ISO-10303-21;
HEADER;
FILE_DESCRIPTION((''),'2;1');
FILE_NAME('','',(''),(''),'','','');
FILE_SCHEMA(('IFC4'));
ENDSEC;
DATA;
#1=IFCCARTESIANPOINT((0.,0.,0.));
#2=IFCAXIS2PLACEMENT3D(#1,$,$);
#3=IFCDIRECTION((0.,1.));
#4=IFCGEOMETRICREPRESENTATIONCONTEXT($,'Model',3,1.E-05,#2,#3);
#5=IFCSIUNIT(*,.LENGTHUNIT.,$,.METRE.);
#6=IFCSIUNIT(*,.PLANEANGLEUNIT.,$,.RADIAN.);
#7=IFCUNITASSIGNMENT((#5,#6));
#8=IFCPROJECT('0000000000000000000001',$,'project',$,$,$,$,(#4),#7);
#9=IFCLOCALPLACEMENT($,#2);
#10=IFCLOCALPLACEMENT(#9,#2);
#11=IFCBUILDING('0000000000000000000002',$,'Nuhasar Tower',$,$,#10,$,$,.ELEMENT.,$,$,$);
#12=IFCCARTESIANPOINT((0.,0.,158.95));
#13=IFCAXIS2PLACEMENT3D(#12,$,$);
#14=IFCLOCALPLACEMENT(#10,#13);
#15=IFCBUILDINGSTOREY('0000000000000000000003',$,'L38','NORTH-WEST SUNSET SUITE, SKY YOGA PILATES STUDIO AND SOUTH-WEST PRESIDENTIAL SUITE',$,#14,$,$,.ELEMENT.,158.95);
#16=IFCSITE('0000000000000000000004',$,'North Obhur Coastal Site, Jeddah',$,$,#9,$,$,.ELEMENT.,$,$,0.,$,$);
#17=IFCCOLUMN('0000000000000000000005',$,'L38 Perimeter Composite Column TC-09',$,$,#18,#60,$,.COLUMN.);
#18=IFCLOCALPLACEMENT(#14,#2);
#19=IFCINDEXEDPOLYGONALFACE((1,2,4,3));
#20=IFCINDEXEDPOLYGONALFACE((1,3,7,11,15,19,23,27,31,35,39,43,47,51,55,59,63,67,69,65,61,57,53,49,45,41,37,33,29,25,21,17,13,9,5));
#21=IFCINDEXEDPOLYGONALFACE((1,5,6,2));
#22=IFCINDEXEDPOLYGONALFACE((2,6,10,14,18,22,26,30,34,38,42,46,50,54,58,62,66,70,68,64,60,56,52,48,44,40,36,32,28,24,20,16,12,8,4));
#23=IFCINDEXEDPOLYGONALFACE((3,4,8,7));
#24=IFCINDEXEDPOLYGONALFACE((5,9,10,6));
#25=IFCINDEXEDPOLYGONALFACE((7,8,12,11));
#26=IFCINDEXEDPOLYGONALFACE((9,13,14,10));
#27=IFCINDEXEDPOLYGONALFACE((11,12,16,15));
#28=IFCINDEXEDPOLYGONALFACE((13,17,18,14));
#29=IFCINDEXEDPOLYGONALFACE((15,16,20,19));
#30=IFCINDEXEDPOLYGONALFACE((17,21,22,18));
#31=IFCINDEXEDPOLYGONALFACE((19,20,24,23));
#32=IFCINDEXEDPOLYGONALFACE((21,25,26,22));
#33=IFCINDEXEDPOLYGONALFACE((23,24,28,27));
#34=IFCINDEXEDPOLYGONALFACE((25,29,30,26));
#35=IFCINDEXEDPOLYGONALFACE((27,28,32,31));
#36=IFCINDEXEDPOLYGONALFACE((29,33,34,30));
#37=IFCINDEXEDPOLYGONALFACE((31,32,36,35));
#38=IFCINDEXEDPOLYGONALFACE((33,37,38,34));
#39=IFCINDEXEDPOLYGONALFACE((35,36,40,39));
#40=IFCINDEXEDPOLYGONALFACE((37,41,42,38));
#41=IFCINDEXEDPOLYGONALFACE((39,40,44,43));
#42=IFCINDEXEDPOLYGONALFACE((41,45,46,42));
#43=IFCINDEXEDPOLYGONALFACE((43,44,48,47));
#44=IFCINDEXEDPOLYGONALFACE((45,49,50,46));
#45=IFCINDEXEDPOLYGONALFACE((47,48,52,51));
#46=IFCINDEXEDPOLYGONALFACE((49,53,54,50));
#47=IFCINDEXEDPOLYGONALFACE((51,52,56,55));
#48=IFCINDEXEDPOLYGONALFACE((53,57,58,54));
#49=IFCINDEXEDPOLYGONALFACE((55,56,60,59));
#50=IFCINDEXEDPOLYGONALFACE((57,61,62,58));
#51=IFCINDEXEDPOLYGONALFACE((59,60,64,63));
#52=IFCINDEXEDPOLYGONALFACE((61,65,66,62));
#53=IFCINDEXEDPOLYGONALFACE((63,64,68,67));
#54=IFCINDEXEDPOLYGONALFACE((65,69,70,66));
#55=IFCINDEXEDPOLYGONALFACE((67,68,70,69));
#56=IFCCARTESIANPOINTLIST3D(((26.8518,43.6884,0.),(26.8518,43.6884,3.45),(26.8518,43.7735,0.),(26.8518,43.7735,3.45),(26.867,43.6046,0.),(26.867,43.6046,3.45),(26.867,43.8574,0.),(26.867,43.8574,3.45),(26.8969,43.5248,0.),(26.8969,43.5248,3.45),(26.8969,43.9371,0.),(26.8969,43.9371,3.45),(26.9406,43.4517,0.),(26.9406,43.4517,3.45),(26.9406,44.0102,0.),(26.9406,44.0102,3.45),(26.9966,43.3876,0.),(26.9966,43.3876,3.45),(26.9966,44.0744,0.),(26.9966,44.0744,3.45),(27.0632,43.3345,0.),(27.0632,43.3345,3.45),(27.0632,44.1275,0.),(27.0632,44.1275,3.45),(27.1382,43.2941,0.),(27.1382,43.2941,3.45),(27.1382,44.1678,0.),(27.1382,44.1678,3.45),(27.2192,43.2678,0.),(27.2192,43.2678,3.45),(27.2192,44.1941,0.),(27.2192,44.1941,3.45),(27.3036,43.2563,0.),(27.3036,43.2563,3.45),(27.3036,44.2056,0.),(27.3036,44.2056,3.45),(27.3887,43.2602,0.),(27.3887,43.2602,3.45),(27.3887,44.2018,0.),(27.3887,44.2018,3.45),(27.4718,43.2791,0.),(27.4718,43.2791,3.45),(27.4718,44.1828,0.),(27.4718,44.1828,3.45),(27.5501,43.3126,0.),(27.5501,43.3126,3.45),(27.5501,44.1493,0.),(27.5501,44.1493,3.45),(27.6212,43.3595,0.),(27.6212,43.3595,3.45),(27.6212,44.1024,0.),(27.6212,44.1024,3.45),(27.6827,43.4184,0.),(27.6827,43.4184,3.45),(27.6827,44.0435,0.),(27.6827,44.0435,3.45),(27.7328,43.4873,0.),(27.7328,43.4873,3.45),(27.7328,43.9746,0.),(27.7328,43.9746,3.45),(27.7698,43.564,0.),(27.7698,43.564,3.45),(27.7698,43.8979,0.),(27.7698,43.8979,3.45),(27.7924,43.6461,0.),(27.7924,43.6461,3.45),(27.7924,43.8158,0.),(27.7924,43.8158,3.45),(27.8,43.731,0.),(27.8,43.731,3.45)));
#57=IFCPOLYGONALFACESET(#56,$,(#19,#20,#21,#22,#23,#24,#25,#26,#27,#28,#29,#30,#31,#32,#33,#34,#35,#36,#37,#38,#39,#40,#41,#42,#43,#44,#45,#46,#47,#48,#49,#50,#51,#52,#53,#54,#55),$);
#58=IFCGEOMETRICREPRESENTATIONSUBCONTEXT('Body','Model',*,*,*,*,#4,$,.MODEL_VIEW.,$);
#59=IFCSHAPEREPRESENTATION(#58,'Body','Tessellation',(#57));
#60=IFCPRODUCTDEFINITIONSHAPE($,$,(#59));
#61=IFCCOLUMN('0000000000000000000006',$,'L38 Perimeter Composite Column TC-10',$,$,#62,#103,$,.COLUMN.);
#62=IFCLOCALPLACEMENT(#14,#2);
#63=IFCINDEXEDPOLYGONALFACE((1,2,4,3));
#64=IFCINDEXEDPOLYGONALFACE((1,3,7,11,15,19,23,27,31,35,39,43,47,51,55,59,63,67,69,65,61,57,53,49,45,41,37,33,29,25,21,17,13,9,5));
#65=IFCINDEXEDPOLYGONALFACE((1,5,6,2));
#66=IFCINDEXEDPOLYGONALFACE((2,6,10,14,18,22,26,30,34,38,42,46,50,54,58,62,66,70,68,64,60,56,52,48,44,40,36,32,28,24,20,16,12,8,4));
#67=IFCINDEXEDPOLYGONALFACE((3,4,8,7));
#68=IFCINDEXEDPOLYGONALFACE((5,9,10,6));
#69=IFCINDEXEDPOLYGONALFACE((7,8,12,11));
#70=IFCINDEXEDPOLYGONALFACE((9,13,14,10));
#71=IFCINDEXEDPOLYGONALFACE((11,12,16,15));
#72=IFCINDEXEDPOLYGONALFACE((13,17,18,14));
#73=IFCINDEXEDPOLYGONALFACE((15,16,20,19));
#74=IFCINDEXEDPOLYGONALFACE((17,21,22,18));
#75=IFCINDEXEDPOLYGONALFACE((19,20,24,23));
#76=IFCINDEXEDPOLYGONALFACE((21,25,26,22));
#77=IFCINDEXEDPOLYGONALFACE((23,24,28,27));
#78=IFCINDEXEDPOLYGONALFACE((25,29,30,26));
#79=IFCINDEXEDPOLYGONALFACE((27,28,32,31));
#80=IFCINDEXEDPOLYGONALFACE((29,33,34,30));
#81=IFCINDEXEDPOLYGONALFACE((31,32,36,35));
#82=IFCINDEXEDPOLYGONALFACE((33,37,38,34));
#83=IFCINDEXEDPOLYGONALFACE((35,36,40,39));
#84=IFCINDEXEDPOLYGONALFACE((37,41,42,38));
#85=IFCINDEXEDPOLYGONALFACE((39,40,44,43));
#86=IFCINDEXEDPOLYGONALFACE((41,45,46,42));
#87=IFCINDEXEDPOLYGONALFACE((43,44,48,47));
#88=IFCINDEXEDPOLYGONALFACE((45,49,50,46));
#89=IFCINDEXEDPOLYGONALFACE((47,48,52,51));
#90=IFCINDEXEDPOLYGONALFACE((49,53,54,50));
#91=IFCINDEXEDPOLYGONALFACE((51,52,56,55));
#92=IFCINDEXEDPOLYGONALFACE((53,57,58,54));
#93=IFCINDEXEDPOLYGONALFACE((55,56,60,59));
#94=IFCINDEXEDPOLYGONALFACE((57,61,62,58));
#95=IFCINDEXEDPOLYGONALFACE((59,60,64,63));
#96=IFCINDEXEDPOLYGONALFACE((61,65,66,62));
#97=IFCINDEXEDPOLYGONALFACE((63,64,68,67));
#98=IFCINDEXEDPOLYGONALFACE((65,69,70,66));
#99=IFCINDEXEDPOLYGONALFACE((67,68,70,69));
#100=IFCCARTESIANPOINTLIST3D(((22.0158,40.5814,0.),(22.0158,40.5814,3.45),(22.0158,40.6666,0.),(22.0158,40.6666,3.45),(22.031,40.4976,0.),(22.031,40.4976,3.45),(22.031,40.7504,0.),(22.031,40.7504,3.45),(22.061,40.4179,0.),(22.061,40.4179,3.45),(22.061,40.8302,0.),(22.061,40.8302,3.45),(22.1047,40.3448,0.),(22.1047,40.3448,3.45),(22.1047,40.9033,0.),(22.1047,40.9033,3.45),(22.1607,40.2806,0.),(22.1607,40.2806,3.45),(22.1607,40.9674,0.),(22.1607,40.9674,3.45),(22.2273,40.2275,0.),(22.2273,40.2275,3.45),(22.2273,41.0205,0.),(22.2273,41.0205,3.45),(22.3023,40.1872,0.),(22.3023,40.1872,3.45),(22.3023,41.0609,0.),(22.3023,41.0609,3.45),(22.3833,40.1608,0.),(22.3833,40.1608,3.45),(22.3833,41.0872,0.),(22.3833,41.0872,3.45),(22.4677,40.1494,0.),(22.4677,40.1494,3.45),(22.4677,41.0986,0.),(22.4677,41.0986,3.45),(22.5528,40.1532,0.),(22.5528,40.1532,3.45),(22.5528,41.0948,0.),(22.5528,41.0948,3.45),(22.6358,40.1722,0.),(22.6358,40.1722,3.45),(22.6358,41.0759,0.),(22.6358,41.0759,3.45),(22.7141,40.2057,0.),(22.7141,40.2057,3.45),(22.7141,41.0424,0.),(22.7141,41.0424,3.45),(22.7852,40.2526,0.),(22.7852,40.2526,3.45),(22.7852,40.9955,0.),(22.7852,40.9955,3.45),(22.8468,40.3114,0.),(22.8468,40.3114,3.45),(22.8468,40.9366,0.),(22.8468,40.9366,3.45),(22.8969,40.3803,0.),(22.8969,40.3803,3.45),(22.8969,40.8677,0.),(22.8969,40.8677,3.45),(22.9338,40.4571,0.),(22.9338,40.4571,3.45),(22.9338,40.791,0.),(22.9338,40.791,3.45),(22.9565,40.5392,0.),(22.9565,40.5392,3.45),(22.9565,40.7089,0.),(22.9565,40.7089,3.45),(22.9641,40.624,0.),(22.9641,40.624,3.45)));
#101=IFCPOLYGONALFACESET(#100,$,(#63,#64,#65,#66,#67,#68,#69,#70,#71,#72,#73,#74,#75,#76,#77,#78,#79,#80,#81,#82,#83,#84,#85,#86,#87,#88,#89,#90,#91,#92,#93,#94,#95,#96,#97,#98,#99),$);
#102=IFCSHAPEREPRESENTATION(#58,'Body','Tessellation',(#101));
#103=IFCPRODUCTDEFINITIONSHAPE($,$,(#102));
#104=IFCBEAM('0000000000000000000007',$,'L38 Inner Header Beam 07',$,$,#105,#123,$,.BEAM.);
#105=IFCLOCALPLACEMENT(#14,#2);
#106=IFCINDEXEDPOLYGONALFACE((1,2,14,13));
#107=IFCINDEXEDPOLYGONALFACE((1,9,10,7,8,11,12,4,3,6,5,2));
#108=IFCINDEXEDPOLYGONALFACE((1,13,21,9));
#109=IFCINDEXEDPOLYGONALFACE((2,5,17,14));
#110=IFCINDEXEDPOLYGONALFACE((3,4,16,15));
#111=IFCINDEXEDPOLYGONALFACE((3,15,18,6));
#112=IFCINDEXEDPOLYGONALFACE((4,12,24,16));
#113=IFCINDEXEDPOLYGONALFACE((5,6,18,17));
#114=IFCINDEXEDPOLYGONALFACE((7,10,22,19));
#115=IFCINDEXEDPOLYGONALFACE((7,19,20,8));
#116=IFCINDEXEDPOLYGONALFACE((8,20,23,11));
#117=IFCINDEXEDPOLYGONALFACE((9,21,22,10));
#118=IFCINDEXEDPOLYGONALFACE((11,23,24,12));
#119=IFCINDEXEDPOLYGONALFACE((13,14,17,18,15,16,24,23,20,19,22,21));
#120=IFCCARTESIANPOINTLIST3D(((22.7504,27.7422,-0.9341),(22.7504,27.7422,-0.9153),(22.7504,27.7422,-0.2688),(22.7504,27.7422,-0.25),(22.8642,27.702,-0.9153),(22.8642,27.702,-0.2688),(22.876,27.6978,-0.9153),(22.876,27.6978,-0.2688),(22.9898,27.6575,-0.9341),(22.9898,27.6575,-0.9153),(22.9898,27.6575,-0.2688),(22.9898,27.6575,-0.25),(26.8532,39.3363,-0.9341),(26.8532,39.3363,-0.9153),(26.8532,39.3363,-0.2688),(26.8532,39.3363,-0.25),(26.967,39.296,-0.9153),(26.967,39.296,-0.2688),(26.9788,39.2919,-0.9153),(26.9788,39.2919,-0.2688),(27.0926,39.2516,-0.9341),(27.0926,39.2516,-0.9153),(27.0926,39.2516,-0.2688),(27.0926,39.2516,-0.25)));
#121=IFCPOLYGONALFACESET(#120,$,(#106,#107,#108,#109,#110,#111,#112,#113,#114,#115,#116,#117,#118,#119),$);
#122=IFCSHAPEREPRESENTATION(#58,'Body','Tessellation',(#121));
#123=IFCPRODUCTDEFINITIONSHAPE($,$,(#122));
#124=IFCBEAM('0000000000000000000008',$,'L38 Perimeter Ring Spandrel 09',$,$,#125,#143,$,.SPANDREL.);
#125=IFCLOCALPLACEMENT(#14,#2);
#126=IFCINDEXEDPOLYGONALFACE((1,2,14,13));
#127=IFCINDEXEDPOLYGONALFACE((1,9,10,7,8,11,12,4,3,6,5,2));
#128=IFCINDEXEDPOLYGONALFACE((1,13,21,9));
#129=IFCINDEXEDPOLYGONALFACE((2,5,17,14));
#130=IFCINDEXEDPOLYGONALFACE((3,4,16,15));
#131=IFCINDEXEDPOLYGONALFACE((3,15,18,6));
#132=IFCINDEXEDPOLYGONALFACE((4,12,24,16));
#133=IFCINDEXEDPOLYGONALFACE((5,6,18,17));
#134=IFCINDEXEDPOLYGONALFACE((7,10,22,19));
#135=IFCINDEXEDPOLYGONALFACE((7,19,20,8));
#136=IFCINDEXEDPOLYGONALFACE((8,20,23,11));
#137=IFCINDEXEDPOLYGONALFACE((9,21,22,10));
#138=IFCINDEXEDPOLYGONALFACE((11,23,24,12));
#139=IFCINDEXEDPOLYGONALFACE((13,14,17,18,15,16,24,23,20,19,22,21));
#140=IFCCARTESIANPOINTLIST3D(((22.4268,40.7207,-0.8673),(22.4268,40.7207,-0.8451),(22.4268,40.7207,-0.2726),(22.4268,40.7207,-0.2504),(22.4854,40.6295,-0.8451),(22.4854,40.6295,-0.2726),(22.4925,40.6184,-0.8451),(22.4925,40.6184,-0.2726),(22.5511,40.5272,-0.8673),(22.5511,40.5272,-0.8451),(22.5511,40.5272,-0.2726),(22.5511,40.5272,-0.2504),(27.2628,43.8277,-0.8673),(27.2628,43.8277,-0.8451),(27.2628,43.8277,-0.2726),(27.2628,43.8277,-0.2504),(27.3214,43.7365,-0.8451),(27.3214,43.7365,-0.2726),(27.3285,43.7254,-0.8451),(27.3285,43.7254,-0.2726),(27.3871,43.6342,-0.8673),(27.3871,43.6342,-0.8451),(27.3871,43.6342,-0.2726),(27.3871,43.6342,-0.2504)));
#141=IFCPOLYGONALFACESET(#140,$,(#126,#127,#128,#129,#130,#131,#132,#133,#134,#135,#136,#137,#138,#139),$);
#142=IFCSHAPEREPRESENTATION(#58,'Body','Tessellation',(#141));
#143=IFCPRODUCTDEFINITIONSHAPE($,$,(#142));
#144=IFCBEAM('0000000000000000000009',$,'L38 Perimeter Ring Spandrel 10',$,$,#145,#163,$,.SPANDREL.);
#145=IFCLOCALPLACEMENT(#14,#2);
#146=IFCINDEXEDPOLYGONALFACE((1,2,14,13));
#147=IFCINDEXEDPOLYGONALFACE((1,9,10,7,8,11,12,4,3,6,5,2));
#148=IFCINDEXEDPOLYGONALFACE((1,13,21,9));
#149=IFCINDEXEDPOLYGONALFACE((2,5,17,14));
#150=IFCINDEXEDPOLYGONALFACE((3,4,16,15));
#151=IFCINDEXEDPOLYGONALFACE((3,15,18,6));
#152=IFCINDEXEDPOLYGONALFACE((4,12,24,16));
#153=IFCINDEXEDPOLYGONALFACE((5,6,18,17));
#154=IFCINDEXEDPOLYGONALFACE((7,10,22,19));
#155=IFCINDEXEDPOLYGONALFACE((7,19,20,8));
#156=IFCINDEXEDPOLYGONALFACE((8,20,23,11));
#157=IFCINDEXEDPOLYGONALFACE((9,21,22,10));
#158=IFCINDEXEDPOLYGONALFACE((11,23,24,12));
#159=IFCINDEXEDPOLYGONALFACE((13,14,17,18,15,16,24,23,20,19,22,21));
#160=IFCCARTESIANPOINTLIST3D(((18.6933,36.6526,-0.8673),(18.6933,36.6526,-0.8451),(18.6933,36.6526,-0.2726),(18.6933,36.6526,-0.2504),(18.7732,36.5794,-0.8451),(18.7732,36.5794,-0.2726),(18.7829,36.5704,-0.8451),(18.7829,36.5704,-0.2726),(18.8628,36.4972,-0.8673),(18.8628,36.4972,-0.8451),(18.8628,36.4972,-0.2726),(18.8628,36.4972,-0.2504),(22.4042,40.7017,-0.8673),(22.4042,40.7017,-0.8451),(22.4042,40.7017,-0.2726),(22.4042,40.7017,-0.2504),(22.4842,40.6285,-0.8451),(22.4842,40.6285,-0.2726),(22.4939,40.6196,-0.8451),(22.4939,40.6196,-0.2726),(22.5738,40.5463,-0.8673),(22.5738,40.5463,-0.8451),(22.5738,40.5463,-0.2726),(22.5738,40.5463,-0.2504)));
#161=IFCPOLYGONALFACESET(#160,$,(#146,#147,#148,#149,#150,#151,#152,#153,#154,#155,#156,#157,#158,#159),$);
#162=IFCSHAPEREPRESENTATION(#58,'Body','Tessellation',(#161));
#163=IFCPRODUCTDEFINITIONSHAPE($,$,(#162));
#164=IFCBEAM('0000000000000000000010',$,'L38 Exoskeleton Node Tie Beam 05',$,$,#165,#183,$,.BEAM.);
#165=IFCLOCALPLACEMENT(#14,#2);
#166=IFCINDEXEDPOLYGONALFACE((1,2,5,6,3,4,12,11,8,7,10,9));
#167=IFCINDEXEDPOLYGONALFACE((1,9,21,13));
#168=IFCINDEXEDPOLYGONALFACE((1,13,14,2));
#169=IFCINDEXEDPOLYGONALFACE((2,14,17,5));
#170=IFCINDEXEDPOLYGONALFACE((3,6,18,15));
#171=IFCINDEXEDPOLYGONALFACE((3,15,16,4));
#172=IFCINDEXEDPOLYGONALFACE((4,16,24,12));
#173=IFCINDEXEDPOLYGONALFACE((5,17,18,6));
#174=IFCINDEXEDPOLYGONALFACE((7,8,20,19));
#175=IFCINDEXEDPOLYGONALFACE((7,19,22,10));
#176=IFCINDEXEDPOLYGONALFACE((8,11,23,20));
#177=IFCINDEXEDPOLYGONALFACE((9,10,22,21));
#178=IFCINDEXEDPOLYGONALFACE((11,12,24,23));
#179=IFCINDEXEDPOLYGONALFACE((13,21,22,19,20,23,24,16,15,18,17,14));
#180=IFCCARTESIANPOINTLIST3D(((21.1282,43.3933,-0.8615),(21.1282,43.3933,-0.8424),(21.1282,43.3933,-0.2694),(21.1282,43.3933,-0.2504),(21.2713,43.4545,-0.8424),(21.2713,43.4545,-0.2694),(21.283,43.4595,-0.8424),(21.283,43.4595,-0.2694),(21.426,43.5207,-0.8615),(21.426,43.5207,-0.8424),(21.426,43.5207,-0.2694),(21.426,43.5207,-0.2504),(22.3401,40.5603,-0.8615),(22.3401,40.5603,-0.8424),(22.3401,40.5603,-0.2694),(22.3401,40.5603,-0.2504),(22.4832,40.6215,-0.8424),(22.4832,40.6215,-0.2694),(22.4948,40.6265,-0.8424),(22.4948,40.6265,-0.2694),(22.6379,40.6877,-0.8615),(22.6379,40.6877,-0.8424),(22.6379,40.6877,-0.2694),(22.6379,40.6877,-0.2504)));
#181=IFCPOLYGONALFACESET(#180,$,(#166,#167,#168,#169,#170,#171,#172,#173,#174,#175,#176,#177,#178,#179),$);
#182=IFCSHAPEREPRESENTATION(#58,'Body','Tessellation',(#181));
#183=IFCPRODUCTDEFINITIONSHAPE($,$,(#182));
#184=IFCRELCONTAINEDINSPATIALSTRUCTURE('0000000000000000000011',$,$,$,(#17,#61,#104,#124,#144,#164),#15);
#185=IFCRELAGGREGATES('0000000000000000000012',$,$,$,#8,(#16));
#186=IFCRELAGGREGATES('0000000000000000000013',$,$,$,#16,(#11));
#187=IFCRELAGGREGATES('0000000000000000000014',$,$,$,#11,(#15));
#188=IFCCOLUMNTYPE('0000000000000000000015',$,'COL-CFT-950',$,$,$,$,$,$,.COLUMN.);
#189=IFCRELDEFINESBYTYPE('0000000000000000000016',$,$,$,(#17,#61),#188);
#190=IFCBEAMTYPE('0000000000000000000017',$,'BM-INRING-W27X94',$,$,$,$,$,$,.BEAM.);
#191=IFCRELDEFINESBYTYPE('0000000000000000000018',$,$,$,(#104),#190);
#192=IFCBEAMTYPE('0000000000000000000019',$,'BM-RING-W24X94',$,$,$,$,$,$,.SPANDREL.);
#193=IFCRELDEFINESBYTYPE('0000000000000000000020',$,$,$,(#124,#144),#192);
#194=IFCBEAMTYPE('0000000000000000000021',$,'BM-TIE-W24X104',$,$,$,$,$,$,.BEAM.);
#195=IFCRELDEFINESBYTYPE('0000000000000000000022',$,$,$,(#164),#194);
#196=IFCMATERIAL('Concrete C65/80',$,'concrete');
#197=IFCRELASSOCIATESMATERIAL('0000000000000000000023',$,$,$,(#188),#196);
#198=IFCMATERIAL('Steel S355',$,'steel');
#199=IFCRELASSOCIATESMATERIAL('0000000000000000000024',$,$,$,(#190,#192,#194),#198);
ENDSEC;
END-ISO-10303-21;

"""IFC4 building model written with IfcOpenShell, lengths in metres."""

from ifc_helpers import new_model, si_unit, direction, frame, origin, origin_2d, place, context, subcontext, project, spatial, circle, i_section, extrude, material, material_profile, profile_set, type_object, element, save


model = new_model("IFC4")

# Units and contexts
model_context = context("Model", 3, precision=1e-05, world=origin(), true_north=direction((0.0, 1.0)))
body_context = subcontext(model_context, "Body", "Model", "MODEL_VIEW")
ifc_project = project(units=[si_unit("LENGTHUNIT", "METRE"), si_unit("PLANEANGLEUNIT", "RADIAN")], contexts=[model_context])

# Site, building, storey
site_placement = place(None, origin())
site = spatial("IfcSite", under=ifc_project, at=site_placement, Name="North Obhur Coastal Site, Jeddah", CompositionType="ELEMENT", RefElevation=0.0)
building_placement = place(site_placement, origin())
building = spatial("IfcBuilding", under=site, at=building_placement, Name="Nuhasar Tower", CompositionType="ELEMENT")
storey_placement = place(building_placement, frame((0.0, 0.0, 158.95)))
storey = spatial("IfcBuildingStorey", under=building, at=storey_placement, Name="L38", Description="NORTH-WEST SUNSET SUITE, SKY YOGA PILATES STUDIO AND SOUTH-WEST PRESIDENTIAL SUITE", CompositionType="ELEMENT", Elevation=158.95)

# Columns
ifc_material_1 = material(Name="Concrete C65/80", Category="concrete")
ifc_material_profile_1 = material_profile(ifc_material_1, circle(Radius=0.4751, at=origin_2d()), Name="CFT950")
ifc_profile_set_1 = profile_set([ifc_material_profile_1], Name="Concrete C65/80")
column_type = type_object("IfcColumnType", Name="COL-CFT-950", PredefinedType="COLUMN", material=ifc_profile_set_1)
for number, where, z_axis, x_axis, name in (
    (1, (27.325, 43.731, 0.0), (0.0, 0.0, 1.0), (1.0, 0.0, 0.0), "L38 Perimeter Composite Column TC-09"),
    (2, (22.489, 40.624, 0.0), (0.0, 0.0, 1.0), (1.0, 0.0, 0.0), "L38 Perimeter Composite Column TC-10"),
):
    element("IfcColumn", number, at=place(storey_placement, frame(where, z_axis=z_axis, x_axis=x_axis)), inside=storey, type_object=column_type, Name=name, PredefinedType="COLUMN", context=body_context, shape_type="SweptSolid", body=[
        extrude(circle(Radius=0.4751, at=origin_2d()), origin(), (0.0, 0.0, 1.0), 3.45),
    ])

# Beams
ifc_material_2 = material(Name="Steel S355", Category="steel")
ifc_material_profile_2 = material_profile(ifc_material_2, i_section(OverallWidth=0.2539, OverallDepth=0.6841, WebThickness=0.0125, FlangeThickness=0.0188, at=origin_2d()), Name="W27X94")
ifc_profile_set_2 = profile_set([ifc_material_profile_2], Name="Steel S355")
beam_type_1 = type_object("IfcBeamType", Name="BM-INRING-W27X94", PredefinedType="BEAM", material=ifc_profile_set_2)
beam_1_placement = place(storey_placement, frame((26.9729, 39.2939, -0.592), z_axis=(-0.3336, -0.942715, 0.0), x_axis=(0.942715, -0.3336, 0.0)))
element("IfcBeam", 3, at=beam_1_placement, inside=storey, type_object=beam_type_1, Name="L38 Inner Header Beam 07", PredefinedType="BEAM", context=body_context, shape_type="SweptSolid", body=[
    extrude(i_section(OverallWidth=0.2539, OverallDepth=0.6841, WebThickness=0.0125, FlangeThickness=0.0188, at=origin_2d()), origin(), (0.0, 0.0, 1.0), 12.2986),
])
ifc_material_profile_3 = material_profile(ifc_material_2, i_section(OverallWidth=0.23, OverallDepth=0.6169, WebThickness=0.0132, FlangeThickness=0.0222, at=origin_2d()), Name="W24X94")
ifc_profile_set_3 = profile_set([ifc_material_profile_3], Name="Steel S355")
beam_type_2 = type_object("IfcBeamType", Name="BM-RING-W24X94", PredefinedType="SPANDREL", material=ifc_profile_set_3)
beam_2_placement = place(storey_placement, frame((27.325, 43.731, -0.5588), z_axis=(-0.841327, -0.540526, 0.0), x_axis=(0.540526, -0.841327, 0.0)))
element("IfcBeam", 4, at=beam_2_placement, inside=storey, type_object=beam_type_2, Name="L38 Perimeter Ring Spandrel 09", PredefinedType="SPANDREL", context=body_context, shape_type="SweptSolid", body=[
    extrude(i_section(OverallWidth=0.23, OverallDepth=0.6169, WebThickness=0.0132, FlangeThickness=0.0222, at=origin_2d()), origin(), (0.0, 0.0, 1.0), 5.748),
])
beam_3_placement = place(storey_placement, frame((22.489, 40.624, -0.5588), z_axis=(-0.675654, -0.737219, 0.0), x_axis=(0.737219, -0.675654, 0.0)))
element("IfcBeam", 5, at=beam_3_placement, inside=storey, type_object=beam_type_2, Name="L38 Perimeter Ring Spandrel 10", PredefinedType="SPANDREL", context=body_context, shape_type="SweptSolid", body=[
    extrude(i_section(OverallWidth=0.23, OverallDepth=0.6169, WebThickness=0.0132, FlangeThickness=0.0222, at=origin_2d()), origin(), (0.0, 0.0, 1.0), 5.4924),
])
ifc_material_profile_4 = material_profile(ifc_material_2, i_section(OverallWidth=0.324, OverallDepth=0.6111, WebThickness=0.0127, FlangeThickness=0.019, at=origin_2d()), Name="W24X104")
ifc_profile_set_4 = profile_set([ifc_material_profile_4], Name="Steel S355")
beam_type_3 = type_object("IfcBeamType", Name="BM-TIE-W24X104", PredefinedType="BEAM", material=ifc_profile_set_4)
beam_4_placement = place(storey_placement, frame((22.489, 40.624, -0.5559), z_axis=(-0.393307, 0.919407, 0.0), x_axis=(-0.919407, -0.393307, 0.0)))
element("IfcBeam", 6, at=beam_4_placement, inside=storey, type_object=beam_type_3, Name="L38 Exoskeleton Node Tie Beam 05", PredefinedType="BEAM", context=body_context, shape_type="SweptSolid", body=[
    extrude(i_section(OverallWidth=0.324, OverallDepth=0.6111, WebThickness=0.0127, FlangeThickness=0.019, at=origin_2d()), origin(), (0.0, 0.0, 1.0), 3.0813),
])

save(model, "model.ifc")
